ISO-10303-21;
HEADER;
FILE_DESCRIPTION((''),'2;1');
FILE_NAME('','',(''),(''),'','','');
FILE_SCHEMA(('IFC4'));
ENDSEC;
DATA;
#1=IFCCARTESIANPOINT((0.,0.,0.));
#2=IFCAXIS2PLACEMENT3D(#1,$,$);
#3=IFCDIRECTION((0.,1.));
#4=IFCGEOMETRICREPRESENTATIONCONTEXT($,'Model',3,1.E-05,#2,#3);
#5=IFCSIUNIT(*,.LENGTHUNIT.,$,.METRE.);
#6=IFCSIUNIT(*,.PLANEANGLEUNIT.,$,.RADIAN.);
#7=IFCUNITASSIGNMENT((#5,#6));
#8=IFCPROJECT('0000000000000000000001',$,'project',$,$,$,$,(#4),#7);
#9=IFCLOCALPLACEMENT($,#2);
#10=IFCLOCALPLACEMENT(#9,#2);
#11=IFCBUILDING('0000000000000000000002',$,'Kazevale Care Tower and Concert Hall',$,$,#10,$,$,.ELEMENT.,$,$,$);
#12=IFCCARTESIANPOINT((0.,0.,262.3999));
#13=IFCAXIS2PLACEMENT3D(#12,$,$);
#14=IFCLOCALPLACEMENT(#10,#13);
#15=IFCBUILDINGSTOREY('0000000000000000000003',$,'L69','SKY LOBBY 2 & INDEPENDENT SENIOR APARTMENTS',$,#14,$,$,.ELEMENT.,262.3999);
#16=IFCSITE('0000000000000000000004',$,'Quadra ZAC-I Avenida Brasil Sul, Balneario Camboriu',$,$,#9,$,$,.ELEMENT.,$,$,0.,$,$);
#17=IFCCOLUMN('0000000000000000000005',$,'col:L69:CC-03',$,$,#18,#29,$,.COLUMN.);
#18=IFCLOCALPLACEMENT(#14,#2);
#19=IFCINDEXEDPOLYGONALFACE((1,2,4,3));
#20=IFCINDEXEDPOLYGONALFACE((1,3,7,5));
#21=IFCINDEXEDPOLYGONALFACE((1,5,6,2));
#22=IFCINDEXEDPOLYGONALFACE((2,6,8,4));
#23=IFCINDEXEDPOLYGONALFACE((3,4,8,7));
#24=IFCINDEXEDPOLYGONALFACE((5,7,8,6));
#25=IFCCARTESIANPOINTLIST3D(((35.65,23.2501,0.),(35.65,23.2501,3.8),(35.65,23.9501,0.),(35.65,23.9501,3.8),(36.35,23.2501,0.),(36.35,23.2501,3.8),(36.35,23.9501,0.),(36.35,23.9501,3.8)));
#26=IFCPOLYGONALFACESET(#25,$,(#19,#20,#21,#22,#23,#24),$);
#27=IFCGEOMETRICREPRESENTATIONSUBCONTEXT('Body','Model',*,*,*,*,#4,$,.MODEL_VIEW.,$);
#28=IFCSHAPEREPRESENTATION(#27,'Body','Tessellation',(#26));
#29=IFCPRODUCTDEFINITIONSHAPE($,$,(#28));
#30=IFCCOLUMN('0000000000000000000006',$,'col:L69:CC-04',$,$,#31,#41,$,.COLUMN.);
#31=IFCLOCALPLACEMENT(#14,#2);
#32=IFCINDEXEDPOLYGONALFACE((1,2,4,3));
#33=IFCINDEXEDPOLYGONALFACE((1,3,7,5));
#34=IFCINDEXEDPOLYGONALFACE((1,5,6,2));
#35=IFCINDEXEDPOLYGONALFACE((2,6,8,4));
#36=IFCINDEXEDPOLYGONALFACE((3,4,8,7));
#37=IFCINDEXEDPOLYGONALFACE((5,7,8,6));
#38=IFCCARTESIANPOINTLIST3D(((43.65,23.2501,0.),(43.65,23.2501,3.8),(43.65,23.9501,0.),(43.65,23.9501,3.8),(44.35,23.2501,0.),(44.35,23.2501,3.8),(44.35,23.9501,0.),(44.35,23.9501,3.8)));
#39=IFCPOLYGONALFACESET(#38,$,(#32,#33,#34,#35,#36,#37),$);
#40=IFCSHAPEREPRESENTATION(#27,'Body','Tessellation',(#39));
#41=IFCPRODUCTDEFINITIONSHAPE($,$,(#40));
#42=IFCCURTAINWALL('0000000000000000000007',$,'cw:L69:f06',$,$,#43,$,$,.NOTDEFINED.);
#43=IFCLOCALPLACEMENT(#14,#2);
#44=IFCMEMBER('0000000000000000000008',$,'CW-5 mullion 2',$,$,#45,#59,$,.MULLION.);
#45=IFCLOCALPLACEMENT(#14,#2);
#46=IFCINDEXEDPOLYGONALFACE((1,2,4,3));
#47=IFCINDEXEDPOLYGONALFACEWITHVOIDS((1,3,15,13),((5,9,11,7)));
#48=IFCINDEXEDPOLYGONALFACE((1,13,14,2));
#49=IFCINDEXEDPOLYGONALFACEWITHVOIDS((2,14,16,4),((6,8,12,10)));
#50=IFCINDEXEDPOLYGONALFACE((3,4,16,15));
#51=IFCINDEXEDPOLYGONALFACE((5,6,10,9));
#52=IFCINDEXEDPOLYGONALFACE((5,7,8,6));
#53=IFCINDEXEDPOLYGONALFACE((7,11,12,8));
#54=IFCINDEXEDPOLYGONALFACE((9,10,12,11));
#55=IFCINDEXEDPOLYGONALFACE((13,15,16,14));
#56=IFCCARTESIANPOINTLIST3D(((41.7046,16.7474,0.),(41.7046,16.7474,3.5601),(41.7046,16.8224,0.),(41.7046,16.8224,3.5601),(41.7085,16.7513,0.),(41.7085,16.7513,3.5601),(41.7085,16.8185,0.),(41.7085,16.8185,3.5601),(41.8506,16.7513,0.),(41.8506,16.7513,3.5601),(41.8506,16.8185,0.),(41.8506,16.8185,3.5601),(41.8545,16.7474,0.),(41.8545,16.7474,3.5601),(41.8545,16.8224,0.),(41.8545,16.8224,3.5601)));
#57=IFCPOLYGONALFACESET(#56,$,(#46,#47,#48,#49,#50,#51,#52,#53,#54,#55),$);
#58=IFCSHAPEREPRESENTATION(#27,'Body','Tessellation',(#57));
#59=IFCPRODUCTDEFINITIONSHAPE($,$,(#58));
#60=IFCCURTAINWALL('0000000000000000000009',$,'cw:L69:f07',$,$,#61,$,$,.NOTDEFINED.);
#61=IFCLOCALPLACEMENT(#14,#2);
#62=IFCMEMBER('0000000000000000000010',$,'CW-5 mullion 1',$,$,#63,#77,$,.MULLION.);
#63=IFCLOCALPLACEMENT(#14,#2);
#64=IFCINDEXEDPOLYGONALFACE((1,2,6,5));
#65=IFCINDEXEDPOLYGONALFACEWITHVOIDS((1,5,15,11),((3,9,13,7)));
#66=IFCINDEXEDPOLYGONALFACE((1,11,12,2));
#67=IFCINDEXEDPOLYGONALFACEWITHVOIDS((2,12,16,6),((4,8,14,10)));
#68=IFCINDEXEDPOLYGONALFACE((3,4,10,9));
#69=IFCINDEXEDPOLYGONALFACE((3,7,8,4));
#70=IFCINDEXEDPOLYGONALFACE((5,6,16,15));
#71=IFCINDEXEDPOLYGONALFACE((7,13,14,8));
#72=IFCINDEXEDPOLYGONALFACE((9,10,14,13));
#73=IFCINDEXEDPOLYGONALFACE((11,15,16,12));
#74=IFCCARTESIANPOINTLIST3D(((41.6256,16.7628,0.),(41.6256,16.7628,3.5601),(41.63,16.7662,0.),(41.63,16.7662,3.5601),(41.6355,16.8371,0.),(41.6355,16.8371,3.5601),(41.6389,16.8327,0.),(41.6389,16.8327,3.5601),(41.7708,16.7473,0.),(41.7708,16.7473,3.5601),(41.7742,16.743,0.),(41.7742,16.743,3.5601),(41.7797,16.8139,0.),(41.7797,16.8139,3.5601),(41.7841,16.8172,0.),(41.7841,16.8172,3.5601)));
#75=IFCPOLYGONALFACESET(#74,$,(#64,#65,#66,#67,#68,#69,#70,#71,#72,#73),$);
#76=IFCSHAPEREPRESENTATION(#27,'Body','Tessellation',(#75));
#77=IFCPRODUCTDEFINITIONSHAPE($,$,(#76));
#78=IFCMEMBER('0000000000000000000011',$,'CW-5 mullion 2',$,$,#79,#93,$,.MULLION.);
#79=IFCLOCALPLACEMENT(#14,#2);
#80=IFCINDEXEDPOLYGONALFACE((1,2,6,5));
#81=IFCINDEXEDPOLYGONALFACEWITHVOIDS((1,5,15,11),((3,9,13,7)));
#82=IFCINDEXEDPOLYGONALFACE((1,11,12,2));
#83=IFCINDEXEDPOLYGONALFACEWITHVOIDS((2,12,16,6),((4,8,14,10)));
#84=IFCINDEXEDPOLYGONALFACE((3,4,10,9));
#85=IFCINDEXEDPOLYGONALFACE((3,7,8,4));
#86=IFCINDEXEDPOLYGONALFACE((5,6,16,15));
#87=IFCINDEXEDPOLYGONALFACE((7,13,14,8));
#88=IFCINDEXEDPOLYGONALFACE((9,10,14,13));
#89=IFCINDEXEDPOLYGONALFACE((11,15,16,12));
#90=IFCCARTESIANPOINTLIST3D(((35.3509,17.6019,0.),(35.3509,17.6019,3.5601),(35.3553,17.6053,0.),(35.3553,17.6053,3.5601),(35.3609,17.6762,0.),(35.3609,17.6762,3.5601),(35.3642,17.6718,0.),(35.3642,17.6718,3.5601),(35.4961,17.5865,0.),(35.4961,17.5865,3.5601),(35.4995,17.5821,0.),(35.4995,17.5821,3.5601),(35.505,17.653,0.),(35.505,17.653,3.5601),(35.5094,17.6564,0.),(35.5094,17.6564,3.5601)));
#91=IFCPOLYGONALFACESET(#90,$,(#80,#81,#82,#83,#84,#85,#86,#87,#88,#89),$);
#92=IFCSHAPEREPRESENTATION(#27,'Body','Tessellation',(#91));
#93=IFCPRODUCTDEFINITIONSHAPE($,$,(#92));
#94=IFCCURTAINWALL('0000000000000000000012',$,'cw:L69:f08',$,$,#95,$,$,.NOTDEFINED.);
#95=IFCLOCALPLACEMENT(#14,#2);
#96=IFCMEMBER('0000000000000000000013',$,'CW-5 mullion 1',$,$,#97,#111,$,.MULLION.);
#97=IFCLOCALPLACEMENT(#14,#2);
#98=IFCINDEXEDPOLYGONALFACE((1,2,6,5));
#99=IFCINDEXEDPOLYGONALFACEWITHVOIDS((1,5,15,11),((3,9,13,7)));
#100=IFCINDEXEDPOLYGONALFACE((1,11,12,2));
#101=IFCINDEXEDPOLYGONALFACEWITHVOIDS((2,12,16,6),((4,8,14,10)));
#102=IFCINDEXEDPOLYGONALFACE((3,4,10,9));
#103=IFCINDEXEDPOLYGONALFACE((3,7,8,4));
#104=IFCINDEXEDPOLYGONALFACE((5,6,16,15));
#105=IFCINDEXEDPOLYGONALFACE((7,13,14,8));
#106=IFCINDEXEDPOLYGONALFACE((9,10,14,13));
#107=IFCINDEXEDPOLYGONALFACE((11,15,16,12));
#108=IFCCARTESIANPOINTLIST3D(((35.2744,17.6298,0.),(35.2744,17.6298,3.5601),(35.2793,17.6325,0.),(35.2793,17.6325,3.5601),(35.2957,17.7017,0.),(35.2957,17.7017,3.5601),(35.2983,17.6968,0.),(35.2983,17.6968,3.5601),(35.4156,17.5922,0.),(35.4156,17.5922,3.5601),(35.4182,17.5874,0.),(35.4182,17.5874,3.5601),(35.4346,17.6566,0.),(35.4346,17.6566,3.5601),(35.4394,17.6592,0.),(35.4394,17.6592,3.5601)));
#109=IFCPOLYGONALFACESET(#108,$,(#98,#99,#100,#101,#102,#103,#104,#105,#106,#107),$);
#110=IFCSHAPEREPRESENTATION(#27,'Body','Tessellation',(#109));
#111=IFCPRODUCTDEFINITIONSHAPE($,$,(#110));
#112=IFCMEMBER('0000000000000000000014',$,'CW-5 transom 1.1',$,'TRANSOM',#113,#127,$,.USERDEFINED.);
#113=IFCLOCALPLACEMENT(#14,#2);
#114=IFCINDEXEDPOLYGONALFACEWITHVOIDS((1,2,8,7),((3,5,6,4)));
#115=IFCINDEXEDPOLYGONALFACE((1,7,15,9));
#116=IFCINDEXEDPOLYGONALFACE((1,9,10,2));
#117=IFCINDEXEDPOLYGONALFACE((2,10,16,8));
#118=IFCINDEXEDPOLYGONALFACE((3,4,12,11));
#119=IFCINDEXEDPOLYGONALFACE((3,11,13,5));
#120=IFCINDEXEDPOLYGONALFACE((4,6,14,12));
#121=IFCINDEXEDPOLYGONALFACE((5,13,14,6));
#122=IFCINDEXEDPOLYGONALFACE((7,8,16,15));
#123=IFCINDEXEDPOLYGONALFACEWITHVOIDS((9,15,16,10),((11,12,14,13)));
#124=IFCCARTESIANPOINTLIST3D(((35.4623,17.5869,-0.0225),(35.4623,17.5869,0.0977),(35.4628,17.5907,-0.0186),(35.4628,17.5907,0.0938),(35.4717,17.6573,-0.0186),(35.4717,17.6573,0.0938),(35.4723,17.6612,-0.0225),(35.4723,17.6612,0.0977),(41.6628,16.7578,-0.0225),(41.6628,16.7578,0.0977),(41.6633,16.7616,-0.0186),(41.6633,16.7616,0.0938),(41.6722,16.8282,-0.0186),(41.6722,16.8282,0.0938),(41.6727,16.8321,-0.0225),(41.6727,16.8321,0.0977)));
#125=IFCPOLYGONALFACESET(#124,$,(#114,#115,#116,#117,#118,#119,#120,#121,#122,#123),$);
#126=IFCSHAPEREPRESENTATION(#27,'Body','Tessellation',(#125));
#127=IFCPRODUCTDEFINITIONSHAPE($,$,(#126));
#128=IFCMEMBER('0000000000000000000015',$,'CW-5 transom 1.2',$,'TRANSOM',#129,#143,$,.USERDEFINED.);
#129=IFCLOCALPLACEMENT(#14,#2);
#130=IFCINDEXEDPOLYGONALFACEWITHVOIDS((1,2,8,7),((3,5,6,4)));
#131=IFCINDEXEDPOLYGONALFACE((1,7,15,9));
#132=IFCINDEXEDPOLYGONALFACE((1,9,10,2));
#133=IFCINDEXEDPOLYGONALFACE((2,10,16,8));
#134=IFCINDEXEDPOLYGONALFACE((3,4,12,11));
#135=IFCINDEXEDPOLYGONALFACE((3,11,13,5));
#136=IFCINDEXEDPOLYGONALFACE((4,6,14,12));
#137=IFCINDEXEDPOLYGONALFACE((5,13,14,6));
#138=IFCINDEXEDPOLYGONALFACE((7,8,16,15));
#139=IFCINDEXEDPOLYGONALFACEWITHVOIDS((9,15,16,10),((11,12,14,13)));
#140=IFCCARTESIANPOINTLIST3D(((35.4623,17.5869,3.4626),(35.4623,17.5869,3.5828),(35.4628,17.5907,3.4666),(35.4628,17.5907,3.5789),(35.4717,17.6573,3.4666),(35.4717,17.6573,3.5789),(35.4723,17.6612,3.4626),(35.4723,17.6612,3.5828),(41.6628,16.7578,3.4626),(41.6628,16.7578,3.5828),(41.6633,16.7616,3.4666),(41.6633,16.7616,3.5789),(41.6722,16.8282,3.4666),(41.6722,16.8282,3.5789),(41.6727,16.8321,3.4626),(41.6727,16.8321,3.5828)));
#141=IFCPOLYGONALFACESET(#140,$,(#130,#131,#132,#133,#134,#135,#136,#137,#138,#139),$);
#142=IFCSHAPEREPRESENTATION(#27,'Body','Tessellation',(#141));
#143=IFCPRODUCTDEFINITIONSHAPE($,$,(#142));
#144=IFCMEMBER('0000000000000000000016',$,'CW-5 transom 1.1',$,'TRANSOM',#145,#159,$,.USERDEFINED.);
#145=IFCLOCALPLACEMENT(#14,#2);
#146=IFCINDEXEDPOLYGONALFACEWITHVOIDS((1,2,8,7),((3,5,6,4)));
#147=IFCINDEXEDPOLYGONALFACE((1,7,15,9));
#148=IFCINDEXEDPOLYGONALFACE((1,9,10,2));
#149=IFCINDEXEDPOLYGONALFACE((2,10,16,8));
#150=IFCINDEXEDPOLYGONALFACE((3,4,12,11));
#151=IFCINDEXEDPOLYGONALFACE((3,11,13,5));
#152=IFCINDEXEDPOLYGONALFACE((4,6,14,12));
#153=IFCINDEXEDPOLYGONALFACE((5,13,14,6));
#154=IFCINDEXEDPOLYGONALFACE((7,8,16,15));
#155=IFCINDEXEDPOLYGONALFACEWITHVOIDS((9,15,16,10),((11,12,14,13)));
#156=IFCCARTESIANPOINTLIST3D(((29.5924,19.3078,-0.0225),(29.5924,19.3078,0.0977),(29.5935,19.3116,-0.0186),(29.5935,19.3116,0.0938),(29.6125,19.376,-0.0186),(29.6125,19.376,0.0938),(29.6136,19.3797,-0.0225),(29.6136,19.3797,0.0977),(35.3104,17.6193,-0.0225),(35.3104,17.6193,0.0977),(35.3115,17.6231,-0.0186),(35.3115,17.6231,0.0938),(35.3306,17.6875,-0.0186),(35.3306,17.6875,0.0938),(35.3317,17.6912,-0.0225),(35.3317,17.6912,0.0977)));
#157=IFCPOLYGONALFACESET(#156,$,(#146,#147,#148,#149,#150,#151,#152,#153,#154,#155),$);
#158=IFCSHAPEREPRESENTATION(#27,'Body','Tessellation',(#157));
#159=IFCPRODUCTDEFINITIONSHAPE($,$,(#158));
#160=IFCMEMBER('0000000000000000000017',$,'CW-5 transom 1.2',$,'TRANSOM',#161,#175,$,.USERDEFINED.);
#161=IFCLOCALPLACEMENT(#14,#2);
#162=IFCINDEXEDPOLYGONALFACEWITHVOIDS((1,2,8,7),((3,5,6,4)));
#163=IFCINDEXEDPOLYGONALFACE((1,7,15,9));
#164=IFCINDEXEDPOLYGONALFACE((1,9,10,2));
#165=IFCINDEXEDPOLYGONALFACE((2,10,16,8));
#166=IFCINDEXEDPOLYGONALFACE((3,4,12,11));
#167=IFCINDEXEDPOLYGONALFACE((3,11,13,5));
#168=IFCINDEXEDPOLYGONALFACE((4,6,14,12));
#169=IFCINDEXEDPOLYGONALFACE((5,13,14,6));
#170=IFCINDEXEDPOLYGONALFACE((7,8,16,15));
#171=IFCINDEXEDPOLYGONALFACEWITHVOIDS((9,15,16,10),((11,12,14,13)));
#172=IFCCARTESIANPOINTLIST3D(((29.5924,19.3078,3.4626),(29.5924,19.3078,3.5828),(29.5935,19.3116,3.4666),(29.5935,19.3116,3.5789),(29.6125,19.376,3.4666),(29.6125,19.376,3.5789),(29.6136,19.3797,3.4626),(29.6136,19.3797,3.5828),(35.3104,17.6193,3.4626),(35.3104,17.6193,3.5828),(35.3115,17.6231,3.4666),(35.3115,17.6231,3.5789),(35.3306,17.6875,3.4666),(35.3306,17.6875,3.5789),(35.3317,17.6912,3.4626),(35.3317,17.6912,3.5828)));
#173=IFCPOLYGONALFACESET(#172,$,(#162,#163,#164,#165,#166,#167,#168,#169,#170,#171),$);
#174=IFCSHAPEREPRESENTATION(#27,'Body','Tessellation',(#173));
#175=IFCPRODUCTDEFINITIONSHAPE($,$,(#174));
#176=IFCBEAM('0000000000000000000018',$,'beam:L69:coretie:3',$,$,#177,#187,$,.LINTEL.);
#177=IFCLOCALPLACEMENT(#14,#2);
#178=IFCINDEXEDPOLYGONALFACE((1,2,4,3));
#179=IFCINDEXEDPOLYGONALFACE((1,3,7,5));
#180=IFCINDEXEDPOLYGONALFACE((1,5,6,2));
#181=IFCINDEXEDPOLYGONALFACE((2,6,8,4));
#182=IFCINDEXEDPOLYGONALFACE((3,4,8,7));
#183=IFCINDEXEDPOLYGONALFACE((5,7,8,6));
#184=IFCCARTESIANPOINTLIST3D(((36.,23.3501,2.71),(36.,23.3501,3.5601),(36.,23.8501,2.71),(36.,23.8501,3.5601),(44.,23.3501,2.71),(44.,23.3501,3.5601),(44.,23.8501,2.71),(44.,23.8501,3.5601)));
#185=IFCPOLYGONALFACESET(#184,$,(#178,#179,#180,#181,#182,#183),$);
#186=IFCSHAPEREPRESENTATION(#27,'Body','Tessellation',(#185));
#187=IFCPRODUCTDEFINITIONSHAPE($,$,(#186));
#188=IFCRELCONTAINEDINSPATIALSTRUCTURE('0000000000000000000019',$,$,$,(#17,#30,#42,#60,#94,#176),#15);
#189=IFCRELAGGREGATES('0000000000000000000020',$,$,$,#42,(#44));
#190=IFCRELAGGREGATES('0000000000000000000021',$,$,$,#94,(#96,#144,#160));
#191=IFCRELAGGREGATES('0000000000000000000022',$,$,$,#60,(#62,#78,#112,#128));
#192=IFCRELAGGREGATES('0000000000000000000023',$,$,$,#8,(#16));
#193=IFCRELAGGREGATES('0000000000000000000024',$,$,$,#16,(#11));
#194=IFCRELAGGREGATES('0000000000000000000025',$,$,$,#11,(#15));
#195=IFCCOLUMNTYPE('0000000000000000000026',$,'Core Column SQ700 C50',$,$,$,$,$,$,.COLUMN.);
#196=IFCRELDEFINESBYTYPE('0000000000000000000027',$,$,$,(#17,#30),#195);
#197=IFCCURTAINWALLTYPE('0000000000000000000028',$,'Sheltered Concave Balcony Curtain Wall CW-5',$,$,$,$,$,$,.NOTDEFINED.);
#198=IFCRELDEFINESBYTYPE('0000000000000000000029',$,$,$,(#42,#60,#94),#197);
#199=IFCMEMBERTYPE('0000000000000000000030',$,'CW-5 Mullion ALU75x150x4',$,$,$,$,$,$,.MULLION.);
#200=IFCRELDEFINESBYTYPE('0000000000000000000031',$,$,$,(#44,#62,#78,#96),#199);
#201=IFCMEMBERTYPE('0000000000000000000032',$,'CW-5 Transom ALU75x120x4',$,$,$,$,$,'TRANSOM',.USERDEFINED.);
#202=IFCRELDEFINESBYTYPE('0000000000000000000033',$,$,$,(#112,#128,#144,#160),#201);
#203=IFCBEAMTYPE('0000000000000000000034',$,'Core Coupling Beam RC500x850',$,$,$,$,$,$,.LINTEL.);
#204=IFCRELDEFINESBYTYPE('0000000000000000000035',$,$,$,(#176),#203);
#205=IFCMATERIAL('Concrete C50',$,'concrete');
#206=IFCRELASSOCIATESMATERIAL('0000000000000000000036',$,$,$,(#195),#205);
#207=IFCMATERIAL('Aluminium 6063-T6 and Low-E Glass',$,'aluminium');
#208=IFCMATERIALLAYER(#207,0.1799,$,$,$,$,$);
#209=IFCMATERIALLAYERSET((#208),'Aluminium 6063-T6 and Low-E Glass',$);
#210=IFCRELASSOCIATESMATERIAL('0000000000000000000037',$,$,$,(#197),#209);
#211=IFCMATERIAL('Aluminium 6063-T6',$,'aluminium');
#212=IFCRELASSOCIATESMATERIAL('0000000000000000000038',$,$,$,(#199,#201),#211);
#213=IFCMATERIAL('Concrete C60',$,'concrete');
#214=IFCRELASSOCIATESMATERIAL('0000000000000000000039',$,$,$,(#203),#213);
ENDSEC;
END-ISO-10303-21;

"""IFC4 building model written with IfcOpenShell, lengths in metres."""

from ifc_helpers import new_model, si_unit, direction, frame, origin, origin_2d, place, context, subcontext, project, spatial, rectangle, hollow_rectangle, extrude, material, layer, layer_set, material_profile, profile_set, type_object, element, aggregate, save


model = new_model("IFC4")

# Units and contexts
model_context = context("Model", 3, precision=1e-05, world=origin(), true_north=direction((0.0, 1.0)))
body_context = subcontext(model_context, "Body", "Model", "MODEL_VIEW")
ifc_project = project(units=[si_unit("LENGTHUNIT", "METRE"), si_unit("PLANEANGLEUNIT", "RADIAN")], contexts=[model_context])

# Site, building, storey
site_placement = place(None, origin())
site = spatial("IfcSite", under=ifc_project, at=site_placement, Name="Quadra ZAC-I Avenida Brasil Sul, Balneario Camboriu", CompositionType="ELEMENT", RefElevation=0.0)
building_placement = place(site_placement, origin())
building = spatial("IfcBuilding", under=site, at=building_placement, Name="Kazevale Care Tower and Concert Hall", CompositionType="ELEMENT")
storey_placement = place(building_placement, frame((0.0, 0.0, 262.3999)))
storey = spatial("IfcBuildingStorey", under=building, at=storey_placement, Name="L69", Description="SKY LOBBY 2 & INDEPENDENT SENIOR APARTMENTS", CompositionType="ELEMENT", Elevation=262.3999)

# Columns
ifc_material_1 = material(Name="Concrete C50", Category="concrete")
ifc_material_profile_1 = material_profile(ifc_material_1, rectangle(XDim=0.7, YDim=0.7, at=origin_2d()), Name="RC-SQ700")
ifc_profile_set_1 = profile_set([ifc_material_profile_1], Name="Concrete C50")
column_type = type_object("IfcColumnType", Name="Core Column SQ700 C50", PredefinedType="COLUMN", material=ifc_profile_set_1)
for number, where, z_axis, x_axis, name in (
    (1, (36.0, 23.6001, 0.0), (0.0, 0.0, 1.0), (1.0, 0.0, 0.0), "col:L69:CC-03"),
    (2, (44.0, 23.6001, 0.0), (0.0, 0.0, 1.0), (1.0, 0.0, 0.0), "col:L69:CC-04"),
):
    element("IfcColumn", number, at=place(storey_placement, frame(where, z_axis=z_axis, x_axis=x_axis)), inside=storey, type_object=column_type, Name=name, PredefinedType="COLUMN", context=body_context, shape_type="SweptSolid", body=[
        extrude(rectangle(XDim=0.7, YDim=0.7, at=origin_2d()), origin(), (0.0, 0.0, 1.0), 3.8),
    ])

# Curtain wall, member
ifc_material_2 = material(Name="Aluminium 6063-T6 and Low-E Glass", Category="aluminium")
ifc_layer_1 = layer(ifc_material_2, 0.1799)
ifc_layer_set_1 = layer_set([ifc_layer_1], Name="Aluminium 6063-T6 and Low-E Glass")
curtain_wall_type = type_object("IfcCurtainWallType", Name="Sheltered Concave Balcony Curtain Wall CW-5", PredefinedType="NOTDEFINED", material=ifc_layer_set_1)
curtain_wall_1_placement = place(storey_placement, origin())
curtain_wall_1 = element("IfcCurtainWall", 3, at=curtain_wall_1_placement, inside=storey, type_object=curtain_wall_type, Name="cw:L69:f06", PredefinedType="NOTDEFINED")
ifc_material_3 = material(Name="Aluminium 6063-T6", Category="aluminium")
ifc_material_profile_2 = material_profile(ifc_material_3, hollow_rectangle(XDim=0.075, YDim=0.1499, WallThickness=0.0039, at=origin_2d()), Name="ALU75x150x4")
ifc_profile_set_2 = profile_set([ifc_material_profile_2], Name="Aluminium 6063-T6")
member_type_1 = type_object("IfcMemberType", Name="CW-5 Mullion ALU75x150x4", PredefinedType="MULLION", material=ifc_profile_set_2)
member_1_placement = place(storey_placement, frame((41.7795, 16.7849, 0.0), z_axis=(0.0, 0.0, 1.0), x_axis=(0.0, -1.0, 0.0)))
member_1 = element("IfcMember", 4, at=member_1_placement, type_object=member_type_1, Name="CW-5 mullion 2", PredefinedType="MULLION", context=body_context, shape_type="SweptSolid", body=[
    extrude(hollow_rectangle(XDim=0.075, YDim=0.1499, WallThickness=0.0039, at=origin_2d()), origin(), (0.0, 0.0, 1.0), 3.5601),
])
aggregate(curtain_wall_1, [member_1])

# Curtain wall, members
curtain_wall_2_placement = place(storey_placement, origin())
curtain_wall_2 = element("IfcCurtainWall", 5, at=curtain_wall_2_placement, inside=storey, type_object=curtain_wall_type, Name="cw:L69:f07", PredefinedType="NOTDEFINED")
member_2_placement = place(storey_placement, frame((41.7048, 16.79, 0.0), z_axis=(0.0, 0.0, 1.0), x_axis=(-0.132542, -0.991177, 0.0)))
member_2 = element("IfcMember", 6, at=member_2_placement, type_object=member_type_1, Name="CW-5 mullion 1", PredefinedType="MULLION", context=body_context, shape_type="SweptSolid", body=[
    extrude(hollow_rectangle(XDim=0.075, YDim=0.1499, WallThickness=0.0039, at=origin_2d()), origin(), (0.0, 0.0, 1.0), 3.5601),
])
member_3_placement = place(storey_placement, frame((35.4302, 17.6292, 0.0), z_axis=(0.0, 0.0, 1.0), x_axis=(-0.132542, -0.991177, 0.0)))
member_3 = element("IfcMember", 7, at=member_3_placement, type_object=member_type_1, Name="CW-5 mullion 2", PredefinedType="MULLION", context=body_context, shape_type="SweptSolid", body=[
    extrude(hollow_rectangle(XDim=0.075, YDim=0.1499, WallThickness=0.0039, at=origin_2d()), origin(), (0.0, 0.0, 1.0), 3.5601),
])

# Curtain wall, member
curtain_wall_3_placement = place(storey_placement, origin())
curtain_wall_3 = element("IfcCurtainWall", 8, at=curtain_wall_3_placement, inside=storey, type_object=curtain_wall_type, Name="cw:L69:f08", PredefinedType="NOTDEFINED")
member_4_placement = place(storey_placement, frame((35.3569, 17.6445, 0.0), z_axis=(0.0, 0.0, 1.0), x_axis=(-0.283203, -0.95906, 0.0)))
member_4 = element("IfcMember", 9, at=member_4_placement, type_object=member_type_1, Name="CW-5 mullion 1", PredefinedType="MULLION", context=body_context, shape_type="SweptSolid", body=[
    extrude(hollow_rectangle(XDim=0.075, YDim=0.1499, WallThickness=0.0039, at=origin_2d()), origin(), (0.0, 0.0, 1.0), 3.5601),
])

# Members
ifc_material_profile_3 = material_profile(ifc_material_3, hollow_rectangle(XDim=0.075, YDim=0.1201, WallThickness=0.0039, at=origin_2d()), Name="ALU75x120x4")
ifc_profile_set_3 = profile_set([ifc_material_profile_3], Name="Aluminium 6063-T6")
member_type_2 = type_object("IfcMemberType", Name="CW-5 Transom ALU75x120x4", ElementType="TRANSOM", PredefinedType="USERDEFINED", material=ifc_profile_set_3)
member_5_placement = place(storey_placement, frame((41.6677, 16.7949, 0.0376), z_axis=(-0.991178, 0.132537, 0.0), x_axis=(-0.132537, -0.991178, 0.0)))
member_5 = element("IfcMember", 10, at=member_5_placement, type_object=member_type_2, Name="CW-5 transom 1.1", ObjectType="TRANSOM", PredefinedType="USERDEFINED", context=body_context, shape_type="SweptSolid", body=[
    extrude(hollow_rectangle(XDim=0.075, YDim=0.1201, WallThickness=0.0039, at=origin_2d()), origin(), (0.0, 0.0, 1.0), 6.2556),
])
member_6_placement = place(storey_placement, frame((41.6677, 16.7949, 3.5227), z_axis=(-0.991178, 0.132537, 0.0), x_axis=(-0.132537, -0.991178, 0.0)))
member_6 = element("IfcMember", 11, at=member_6_placement, type_object=member_type_2, Name="CW-5 transom 1.2", ObjectType="TRANSOM", PredefinedType="USERDEFINED", context=body_context, shape_type="SweptSolid", body=[
    extrude(hollow_rectangle(XDim=0.075, YDim=0.1201, WallThickness=0.0039, at=origin_2d()), origin(), (0.0, 0.0, 1.0), 6.2556),
])
member_7_placement = place(storey_placement, frame((35.321, 17.6553, 0.0376), z_axis=(-0.95906, 0.283201, 0.0), x_axis=(-0.283201, -0.95906, 0.0)))
member_7 = element("IfcMember", 12, at=member_7_placement, type_object=member_type_2, Name="CW-5 transom 1.1", ObjectType="TRANSOM", PredefinedType="USERDEFINED", context=body_context, shape_type="SweptSolid", body=[
    extrude(hollow_rectangle(XDim=0.075, YDim=0.1201, WallThickness=0.0039, at=origin_2d()), origin(), (0.0, 0.0, 1.0), 5.9622),
])
member_8_placement = place(storey_placement, frame((35.321, 17.6553, 3.5227), z_axis=(-0.95906, 0.283201, 0.0), x_axis=(-0.283201, -0.95906, 0.0)))
member_8 = element("IfcMember", 13, at=member_8_placement, type_object=member_type_2, Name="CW-5 transom 1.2", ObjectType="TRANSOM", PredefinedType="USERDEFINED", context=body_context, shape_type="SweptSolid", body=[
    extrude(hollow_rectangle(XDim=0.075, YDim=0.1201, WallThickness=0.0039, at=origin_2d()), origin(), (0.0, 0.0, 1.0), 5.9622),
])
aggregate(curtain_wall_3, [member_4, member_7, member_8])

# Beam
ifc_material_4 = material(Name="Concrete C60", Category="concrete")
ifc_material_profile_4 = material_profile(ifc_material_4, rectangle(XDim=0.5, YDim=0.8501, at=origin_2d()), Name="RC-B500x850")
ifc_profile_set_4 = profile_set([ifc_material_profile_4], Name="Concrete C60")
beam_type_1 = type_object("IfcBeamType", Name="Core Coupling Beam RC500x850", PredefinedType="LINTEL", material=ifc_profile_set_4)
beam_1_placement = place(storey_placement, frame((36.0, 23.6001, 3.135), z_axis=(1.0, 0.0, 0.0), x_axis=(0.0, 1.0, 0.0)))
element("IfcBeam", 14, at=beam_1_placement, inside=storey, type_object=beam_type_1, Name="beam:L69:coretie:3", PredefinedType="LINTEL", context=body_context, shape_type="SweptSolid", body=[
    extrude(rectangle(XDim=0.5, YDim=0.8501, at=origin_2d()), origin(), (0.0, 0.0, 1.0), 8.0),
])

aggregate(curtain_wall_2, [member_2, member_3, member_5, member_6])

save(model, "model.ifc")
